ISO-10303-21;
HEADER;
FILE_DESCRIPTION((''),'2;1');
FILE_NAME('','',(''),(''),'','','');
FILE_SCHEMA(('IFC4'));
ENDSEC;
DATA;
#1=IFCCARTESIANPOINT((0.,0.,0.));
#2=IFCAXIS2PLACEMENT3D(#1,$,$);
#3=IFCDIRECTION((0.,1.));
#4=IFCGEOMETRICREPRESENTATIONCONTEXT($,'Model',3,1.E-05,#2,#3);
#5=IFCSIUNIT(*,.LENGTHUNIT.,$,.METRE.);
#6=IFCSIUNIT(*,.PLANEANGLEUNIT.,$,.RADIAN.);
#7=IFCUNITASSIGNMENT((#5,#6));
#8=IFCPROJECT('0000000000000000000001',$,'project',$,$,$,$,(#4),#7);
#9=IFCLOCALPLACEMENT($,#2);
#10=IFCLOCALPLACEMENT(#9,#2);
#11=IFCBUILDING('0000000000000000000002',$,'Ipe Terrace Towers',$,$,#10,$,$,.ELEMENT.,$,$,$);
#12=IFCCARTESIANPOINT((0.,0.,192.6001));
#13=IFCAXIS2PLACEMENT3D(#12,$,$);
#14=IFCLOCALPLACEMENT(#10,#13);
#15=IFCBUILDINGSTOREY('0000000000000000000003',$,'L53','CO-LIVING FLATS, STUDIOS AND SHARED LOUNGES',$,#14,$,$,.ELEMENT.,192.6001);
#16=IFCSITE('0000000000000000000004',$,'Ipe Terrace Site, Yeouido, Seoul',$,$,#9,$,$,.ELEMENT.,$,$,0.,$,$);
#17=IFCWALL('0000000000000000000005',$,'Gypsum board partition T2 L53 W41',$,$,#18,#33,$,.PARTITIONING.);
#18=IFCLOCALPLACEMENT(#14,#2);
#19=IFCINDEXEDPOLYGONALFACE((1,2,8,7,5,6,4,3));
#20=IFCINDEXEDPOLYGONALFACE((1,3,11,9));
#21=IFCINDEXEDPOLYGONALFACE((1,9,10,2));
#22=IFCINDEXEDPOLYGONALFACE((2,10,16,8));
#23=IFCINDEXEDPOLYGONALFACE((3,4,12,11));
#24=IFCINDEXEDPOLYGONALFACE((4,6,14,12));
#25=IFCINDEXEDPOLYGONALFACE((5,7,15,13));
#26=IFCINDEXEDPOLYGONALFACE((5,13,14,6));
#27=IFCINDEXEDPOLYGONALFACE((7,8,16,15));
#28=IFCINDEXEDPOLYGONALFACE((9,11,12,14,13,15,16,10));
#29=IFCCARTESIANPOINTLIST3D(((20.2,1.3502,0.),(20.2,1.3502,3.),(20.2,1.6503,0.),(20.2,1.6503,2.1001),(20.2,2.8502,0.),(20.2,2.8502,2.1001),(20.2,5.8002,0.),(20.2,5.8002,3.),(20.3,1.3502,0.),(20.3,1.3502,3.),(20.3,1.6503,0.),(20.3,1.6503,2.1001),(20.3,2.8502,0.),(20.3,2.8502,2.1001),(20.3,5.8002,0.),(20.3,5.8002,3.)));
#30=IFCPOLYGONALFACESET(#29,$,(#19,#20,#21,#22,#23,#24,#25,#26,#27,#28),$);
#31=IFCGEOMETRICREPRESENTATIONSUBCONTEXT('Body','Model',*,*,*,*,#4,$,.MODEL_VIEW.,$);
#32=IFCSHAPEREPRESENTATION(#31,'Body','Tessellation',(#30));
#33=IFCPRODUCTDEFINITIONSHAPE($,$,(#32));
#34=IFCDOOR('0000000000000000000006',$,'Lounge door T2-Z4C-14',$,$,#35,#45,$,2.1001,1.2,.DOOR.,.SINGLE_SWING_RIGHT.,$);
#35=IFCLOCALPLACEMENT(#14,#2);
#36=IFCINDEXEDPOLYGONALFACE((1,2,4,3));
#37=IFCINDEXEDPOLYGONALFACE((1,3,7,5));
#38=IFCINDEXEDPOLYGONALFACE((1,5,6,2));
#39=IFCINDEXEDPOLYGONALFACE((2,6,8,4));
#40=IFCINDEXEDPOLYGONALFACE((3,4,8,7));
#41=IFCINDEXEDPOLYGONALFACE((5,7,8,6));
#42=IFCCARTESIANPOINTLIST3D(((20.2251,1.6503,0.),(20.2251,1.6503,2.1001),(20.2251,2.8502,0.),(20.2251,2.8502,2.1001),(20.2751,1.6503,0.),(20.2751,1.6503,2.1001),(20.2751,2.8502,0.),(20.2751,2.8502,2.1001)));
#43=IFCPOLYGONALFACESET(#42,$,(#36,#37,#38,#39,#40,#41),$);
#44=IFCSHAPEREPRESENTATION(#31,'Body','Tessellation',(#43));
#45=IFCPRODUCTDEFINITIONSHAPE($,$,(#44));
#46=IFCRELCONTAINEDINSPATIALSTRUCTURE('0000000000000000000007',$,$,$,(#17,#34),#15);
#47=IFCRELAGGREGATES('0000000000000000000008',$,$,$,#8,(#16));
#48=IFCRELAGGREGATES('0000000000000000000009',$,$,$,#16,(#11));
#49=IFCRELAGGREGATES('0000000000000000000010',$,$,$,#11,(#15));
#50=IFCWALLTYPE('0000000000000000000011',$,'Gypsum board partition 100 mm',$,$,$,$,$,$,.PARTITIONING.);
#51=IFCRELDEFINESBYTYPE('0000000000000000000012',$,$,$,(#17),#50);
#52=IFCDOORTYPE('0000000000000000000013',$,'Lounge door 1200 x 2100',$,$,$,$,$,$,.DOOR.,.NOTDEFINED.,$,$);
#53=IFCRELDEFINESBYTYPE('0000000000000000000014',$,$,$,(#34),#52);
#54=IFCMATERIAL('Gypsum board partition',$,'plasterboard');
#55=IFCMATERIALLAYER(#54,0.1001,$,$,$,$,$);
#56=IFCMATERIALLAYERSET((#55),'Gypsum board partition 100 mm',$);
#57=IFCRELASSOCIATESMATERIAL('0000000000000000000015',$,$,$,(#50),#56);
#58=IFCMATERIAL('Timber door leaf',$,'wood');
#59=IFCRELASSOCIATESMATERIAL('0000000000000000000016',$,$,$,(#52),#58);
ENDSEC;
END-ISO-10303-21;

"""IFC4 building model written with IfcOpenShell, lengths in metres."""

from ifc_helpers import new_model, si_unit, direction, frame, frame_2d, origin, place, context, subcontext, project, spatial, rectangle, extrude, material, layer, layer_set, type_object, element, fill, save


model = new_model("IFC4")

# Units and contexts
model_context = context("Model", 3, precision=1e-05, world=origin(), true_north=direction((0.0, 1.0)))
body_context = subcontext(model_context, "Body", "Model", "MODEL_VIEW")
ifc_project = project(units=[si_unit("LENGTHUNIT", "METRE"), si_unit("PLANEANGLEUNIT", "RADIAN")], contexts=[model_context])

# Site, building, storey
site_placement = place(None, origin())
site = spatial("IfcSite", under=ifc_project, at=site_placement, Name="Ipe Terrace Site, Yeouido, Seoul", CompositionType="ELEMENT", RefElevation=0.0)
building_placement = place(site_placement, origin())
building = spatial("IfcBuilding", under=site, at=building_placement, Name="Ipe Terrace Towers", CompositionType="ELEMENT")
storey_placement = place(building_placement, frame((0.0, 0.0, 192.6001)))
storey = spatial("IfcBuildingStorey", under=building, at=storey_placement, Name="L53", Description="CO-LIVING FLATS, STUDIOS AND SHARED LOUNGES", CompositionType="ELEMENT", Elevation=192.6001)

# Wall, opening, door
ifc_material_1 = material(Name="Gypsum board partition", Category="plasterboard")
ifc_layer_1 = layer(ifc_material_1, 0.1001)
ifc_layer_set_1 = layer_set([ifc_layer_1], Name="Gypsum board partition 100 mm")
wall_type_1 = type_object("IfcWallType", Name="Gypsum board partition 100 mm", PredefinedType="PARTITIONING", material=ifc_layer_set_1)
wall_1_placement = place(storey_placement, frame((20.25, 1.3501, 0.0), z_axis=(0.0, 0.0, 1.0), x_axis=(0.0, 1.0, 0.0)))
wall_1 = element("IfcWall", 1, at=wall_1_placement, inside=storey, type_object=wall_type_1, Name="Gypsum board partition T2 L53 W41", PredefinedType="PARTITIONING", context=body_context, shape_type="SweptSolid", body=[
    extrude(rectangle(XDim=4.45, YDim=0.1001, at=frame_2d((2.2251, 0.0))), origin(), (0.0, 0.0, 1.0), 3.0),
])
opening_placement = place(wall_1_placement, frame((0.3, 0.0, 0.0)))
opening = element("IfcOpeningElement", 2, at=opening_placement, cuts=wall_1, PredefinedType="OPENING", context=body_context, shape_type="SweptSolid", body=[
    extrude(rectangle(XDim=1.2, YDim=2.1001, at=frame_2d((0.6001, 1.05))), frame((0.0, 0.0601, 0.0), z_axis=(0.0, -1.0, 0.0), x_axis=(1.0, 0.0, 0.0)), (0.0, 0.0, 1.0), 0.1201),
])
ifc_material_2 = material(Name="Timber door leaf", Category="wood")
door_type = type_object("IfcDoorType", Name="Lounge door 1200 x 2100", OperationType="NOTDEFINED", PredefinedType="DOOR", material=ifc_material_2)
door_placement = place(opening_placement, origin())
door = element("IfcDoor", 3, at=door_placement, inside=storey, type_object=door_type, Name="Lounge door T2-Z4C-14", OperationType="SINGLE_SWING_RIGHT", OverallHeight=2.1001, OverallWidth=1.2, PredefinedType="DOOR", context=body_context, shape_type="SweptSolid", body=[
    extrude(rectangle(XDim=1.2, YDim=2.1001, at=frame_2d((0.6001, 1.05))), frame((0.0, 0.0249, 0.0), z_axis=(0.0, -1.0, 0.0), x_axis=(1.0, 0.0, 0.0)), (0.0, 0.0, 1.0), 0.05),
])
fill(opening, door)

save(model, "model.ifc")
